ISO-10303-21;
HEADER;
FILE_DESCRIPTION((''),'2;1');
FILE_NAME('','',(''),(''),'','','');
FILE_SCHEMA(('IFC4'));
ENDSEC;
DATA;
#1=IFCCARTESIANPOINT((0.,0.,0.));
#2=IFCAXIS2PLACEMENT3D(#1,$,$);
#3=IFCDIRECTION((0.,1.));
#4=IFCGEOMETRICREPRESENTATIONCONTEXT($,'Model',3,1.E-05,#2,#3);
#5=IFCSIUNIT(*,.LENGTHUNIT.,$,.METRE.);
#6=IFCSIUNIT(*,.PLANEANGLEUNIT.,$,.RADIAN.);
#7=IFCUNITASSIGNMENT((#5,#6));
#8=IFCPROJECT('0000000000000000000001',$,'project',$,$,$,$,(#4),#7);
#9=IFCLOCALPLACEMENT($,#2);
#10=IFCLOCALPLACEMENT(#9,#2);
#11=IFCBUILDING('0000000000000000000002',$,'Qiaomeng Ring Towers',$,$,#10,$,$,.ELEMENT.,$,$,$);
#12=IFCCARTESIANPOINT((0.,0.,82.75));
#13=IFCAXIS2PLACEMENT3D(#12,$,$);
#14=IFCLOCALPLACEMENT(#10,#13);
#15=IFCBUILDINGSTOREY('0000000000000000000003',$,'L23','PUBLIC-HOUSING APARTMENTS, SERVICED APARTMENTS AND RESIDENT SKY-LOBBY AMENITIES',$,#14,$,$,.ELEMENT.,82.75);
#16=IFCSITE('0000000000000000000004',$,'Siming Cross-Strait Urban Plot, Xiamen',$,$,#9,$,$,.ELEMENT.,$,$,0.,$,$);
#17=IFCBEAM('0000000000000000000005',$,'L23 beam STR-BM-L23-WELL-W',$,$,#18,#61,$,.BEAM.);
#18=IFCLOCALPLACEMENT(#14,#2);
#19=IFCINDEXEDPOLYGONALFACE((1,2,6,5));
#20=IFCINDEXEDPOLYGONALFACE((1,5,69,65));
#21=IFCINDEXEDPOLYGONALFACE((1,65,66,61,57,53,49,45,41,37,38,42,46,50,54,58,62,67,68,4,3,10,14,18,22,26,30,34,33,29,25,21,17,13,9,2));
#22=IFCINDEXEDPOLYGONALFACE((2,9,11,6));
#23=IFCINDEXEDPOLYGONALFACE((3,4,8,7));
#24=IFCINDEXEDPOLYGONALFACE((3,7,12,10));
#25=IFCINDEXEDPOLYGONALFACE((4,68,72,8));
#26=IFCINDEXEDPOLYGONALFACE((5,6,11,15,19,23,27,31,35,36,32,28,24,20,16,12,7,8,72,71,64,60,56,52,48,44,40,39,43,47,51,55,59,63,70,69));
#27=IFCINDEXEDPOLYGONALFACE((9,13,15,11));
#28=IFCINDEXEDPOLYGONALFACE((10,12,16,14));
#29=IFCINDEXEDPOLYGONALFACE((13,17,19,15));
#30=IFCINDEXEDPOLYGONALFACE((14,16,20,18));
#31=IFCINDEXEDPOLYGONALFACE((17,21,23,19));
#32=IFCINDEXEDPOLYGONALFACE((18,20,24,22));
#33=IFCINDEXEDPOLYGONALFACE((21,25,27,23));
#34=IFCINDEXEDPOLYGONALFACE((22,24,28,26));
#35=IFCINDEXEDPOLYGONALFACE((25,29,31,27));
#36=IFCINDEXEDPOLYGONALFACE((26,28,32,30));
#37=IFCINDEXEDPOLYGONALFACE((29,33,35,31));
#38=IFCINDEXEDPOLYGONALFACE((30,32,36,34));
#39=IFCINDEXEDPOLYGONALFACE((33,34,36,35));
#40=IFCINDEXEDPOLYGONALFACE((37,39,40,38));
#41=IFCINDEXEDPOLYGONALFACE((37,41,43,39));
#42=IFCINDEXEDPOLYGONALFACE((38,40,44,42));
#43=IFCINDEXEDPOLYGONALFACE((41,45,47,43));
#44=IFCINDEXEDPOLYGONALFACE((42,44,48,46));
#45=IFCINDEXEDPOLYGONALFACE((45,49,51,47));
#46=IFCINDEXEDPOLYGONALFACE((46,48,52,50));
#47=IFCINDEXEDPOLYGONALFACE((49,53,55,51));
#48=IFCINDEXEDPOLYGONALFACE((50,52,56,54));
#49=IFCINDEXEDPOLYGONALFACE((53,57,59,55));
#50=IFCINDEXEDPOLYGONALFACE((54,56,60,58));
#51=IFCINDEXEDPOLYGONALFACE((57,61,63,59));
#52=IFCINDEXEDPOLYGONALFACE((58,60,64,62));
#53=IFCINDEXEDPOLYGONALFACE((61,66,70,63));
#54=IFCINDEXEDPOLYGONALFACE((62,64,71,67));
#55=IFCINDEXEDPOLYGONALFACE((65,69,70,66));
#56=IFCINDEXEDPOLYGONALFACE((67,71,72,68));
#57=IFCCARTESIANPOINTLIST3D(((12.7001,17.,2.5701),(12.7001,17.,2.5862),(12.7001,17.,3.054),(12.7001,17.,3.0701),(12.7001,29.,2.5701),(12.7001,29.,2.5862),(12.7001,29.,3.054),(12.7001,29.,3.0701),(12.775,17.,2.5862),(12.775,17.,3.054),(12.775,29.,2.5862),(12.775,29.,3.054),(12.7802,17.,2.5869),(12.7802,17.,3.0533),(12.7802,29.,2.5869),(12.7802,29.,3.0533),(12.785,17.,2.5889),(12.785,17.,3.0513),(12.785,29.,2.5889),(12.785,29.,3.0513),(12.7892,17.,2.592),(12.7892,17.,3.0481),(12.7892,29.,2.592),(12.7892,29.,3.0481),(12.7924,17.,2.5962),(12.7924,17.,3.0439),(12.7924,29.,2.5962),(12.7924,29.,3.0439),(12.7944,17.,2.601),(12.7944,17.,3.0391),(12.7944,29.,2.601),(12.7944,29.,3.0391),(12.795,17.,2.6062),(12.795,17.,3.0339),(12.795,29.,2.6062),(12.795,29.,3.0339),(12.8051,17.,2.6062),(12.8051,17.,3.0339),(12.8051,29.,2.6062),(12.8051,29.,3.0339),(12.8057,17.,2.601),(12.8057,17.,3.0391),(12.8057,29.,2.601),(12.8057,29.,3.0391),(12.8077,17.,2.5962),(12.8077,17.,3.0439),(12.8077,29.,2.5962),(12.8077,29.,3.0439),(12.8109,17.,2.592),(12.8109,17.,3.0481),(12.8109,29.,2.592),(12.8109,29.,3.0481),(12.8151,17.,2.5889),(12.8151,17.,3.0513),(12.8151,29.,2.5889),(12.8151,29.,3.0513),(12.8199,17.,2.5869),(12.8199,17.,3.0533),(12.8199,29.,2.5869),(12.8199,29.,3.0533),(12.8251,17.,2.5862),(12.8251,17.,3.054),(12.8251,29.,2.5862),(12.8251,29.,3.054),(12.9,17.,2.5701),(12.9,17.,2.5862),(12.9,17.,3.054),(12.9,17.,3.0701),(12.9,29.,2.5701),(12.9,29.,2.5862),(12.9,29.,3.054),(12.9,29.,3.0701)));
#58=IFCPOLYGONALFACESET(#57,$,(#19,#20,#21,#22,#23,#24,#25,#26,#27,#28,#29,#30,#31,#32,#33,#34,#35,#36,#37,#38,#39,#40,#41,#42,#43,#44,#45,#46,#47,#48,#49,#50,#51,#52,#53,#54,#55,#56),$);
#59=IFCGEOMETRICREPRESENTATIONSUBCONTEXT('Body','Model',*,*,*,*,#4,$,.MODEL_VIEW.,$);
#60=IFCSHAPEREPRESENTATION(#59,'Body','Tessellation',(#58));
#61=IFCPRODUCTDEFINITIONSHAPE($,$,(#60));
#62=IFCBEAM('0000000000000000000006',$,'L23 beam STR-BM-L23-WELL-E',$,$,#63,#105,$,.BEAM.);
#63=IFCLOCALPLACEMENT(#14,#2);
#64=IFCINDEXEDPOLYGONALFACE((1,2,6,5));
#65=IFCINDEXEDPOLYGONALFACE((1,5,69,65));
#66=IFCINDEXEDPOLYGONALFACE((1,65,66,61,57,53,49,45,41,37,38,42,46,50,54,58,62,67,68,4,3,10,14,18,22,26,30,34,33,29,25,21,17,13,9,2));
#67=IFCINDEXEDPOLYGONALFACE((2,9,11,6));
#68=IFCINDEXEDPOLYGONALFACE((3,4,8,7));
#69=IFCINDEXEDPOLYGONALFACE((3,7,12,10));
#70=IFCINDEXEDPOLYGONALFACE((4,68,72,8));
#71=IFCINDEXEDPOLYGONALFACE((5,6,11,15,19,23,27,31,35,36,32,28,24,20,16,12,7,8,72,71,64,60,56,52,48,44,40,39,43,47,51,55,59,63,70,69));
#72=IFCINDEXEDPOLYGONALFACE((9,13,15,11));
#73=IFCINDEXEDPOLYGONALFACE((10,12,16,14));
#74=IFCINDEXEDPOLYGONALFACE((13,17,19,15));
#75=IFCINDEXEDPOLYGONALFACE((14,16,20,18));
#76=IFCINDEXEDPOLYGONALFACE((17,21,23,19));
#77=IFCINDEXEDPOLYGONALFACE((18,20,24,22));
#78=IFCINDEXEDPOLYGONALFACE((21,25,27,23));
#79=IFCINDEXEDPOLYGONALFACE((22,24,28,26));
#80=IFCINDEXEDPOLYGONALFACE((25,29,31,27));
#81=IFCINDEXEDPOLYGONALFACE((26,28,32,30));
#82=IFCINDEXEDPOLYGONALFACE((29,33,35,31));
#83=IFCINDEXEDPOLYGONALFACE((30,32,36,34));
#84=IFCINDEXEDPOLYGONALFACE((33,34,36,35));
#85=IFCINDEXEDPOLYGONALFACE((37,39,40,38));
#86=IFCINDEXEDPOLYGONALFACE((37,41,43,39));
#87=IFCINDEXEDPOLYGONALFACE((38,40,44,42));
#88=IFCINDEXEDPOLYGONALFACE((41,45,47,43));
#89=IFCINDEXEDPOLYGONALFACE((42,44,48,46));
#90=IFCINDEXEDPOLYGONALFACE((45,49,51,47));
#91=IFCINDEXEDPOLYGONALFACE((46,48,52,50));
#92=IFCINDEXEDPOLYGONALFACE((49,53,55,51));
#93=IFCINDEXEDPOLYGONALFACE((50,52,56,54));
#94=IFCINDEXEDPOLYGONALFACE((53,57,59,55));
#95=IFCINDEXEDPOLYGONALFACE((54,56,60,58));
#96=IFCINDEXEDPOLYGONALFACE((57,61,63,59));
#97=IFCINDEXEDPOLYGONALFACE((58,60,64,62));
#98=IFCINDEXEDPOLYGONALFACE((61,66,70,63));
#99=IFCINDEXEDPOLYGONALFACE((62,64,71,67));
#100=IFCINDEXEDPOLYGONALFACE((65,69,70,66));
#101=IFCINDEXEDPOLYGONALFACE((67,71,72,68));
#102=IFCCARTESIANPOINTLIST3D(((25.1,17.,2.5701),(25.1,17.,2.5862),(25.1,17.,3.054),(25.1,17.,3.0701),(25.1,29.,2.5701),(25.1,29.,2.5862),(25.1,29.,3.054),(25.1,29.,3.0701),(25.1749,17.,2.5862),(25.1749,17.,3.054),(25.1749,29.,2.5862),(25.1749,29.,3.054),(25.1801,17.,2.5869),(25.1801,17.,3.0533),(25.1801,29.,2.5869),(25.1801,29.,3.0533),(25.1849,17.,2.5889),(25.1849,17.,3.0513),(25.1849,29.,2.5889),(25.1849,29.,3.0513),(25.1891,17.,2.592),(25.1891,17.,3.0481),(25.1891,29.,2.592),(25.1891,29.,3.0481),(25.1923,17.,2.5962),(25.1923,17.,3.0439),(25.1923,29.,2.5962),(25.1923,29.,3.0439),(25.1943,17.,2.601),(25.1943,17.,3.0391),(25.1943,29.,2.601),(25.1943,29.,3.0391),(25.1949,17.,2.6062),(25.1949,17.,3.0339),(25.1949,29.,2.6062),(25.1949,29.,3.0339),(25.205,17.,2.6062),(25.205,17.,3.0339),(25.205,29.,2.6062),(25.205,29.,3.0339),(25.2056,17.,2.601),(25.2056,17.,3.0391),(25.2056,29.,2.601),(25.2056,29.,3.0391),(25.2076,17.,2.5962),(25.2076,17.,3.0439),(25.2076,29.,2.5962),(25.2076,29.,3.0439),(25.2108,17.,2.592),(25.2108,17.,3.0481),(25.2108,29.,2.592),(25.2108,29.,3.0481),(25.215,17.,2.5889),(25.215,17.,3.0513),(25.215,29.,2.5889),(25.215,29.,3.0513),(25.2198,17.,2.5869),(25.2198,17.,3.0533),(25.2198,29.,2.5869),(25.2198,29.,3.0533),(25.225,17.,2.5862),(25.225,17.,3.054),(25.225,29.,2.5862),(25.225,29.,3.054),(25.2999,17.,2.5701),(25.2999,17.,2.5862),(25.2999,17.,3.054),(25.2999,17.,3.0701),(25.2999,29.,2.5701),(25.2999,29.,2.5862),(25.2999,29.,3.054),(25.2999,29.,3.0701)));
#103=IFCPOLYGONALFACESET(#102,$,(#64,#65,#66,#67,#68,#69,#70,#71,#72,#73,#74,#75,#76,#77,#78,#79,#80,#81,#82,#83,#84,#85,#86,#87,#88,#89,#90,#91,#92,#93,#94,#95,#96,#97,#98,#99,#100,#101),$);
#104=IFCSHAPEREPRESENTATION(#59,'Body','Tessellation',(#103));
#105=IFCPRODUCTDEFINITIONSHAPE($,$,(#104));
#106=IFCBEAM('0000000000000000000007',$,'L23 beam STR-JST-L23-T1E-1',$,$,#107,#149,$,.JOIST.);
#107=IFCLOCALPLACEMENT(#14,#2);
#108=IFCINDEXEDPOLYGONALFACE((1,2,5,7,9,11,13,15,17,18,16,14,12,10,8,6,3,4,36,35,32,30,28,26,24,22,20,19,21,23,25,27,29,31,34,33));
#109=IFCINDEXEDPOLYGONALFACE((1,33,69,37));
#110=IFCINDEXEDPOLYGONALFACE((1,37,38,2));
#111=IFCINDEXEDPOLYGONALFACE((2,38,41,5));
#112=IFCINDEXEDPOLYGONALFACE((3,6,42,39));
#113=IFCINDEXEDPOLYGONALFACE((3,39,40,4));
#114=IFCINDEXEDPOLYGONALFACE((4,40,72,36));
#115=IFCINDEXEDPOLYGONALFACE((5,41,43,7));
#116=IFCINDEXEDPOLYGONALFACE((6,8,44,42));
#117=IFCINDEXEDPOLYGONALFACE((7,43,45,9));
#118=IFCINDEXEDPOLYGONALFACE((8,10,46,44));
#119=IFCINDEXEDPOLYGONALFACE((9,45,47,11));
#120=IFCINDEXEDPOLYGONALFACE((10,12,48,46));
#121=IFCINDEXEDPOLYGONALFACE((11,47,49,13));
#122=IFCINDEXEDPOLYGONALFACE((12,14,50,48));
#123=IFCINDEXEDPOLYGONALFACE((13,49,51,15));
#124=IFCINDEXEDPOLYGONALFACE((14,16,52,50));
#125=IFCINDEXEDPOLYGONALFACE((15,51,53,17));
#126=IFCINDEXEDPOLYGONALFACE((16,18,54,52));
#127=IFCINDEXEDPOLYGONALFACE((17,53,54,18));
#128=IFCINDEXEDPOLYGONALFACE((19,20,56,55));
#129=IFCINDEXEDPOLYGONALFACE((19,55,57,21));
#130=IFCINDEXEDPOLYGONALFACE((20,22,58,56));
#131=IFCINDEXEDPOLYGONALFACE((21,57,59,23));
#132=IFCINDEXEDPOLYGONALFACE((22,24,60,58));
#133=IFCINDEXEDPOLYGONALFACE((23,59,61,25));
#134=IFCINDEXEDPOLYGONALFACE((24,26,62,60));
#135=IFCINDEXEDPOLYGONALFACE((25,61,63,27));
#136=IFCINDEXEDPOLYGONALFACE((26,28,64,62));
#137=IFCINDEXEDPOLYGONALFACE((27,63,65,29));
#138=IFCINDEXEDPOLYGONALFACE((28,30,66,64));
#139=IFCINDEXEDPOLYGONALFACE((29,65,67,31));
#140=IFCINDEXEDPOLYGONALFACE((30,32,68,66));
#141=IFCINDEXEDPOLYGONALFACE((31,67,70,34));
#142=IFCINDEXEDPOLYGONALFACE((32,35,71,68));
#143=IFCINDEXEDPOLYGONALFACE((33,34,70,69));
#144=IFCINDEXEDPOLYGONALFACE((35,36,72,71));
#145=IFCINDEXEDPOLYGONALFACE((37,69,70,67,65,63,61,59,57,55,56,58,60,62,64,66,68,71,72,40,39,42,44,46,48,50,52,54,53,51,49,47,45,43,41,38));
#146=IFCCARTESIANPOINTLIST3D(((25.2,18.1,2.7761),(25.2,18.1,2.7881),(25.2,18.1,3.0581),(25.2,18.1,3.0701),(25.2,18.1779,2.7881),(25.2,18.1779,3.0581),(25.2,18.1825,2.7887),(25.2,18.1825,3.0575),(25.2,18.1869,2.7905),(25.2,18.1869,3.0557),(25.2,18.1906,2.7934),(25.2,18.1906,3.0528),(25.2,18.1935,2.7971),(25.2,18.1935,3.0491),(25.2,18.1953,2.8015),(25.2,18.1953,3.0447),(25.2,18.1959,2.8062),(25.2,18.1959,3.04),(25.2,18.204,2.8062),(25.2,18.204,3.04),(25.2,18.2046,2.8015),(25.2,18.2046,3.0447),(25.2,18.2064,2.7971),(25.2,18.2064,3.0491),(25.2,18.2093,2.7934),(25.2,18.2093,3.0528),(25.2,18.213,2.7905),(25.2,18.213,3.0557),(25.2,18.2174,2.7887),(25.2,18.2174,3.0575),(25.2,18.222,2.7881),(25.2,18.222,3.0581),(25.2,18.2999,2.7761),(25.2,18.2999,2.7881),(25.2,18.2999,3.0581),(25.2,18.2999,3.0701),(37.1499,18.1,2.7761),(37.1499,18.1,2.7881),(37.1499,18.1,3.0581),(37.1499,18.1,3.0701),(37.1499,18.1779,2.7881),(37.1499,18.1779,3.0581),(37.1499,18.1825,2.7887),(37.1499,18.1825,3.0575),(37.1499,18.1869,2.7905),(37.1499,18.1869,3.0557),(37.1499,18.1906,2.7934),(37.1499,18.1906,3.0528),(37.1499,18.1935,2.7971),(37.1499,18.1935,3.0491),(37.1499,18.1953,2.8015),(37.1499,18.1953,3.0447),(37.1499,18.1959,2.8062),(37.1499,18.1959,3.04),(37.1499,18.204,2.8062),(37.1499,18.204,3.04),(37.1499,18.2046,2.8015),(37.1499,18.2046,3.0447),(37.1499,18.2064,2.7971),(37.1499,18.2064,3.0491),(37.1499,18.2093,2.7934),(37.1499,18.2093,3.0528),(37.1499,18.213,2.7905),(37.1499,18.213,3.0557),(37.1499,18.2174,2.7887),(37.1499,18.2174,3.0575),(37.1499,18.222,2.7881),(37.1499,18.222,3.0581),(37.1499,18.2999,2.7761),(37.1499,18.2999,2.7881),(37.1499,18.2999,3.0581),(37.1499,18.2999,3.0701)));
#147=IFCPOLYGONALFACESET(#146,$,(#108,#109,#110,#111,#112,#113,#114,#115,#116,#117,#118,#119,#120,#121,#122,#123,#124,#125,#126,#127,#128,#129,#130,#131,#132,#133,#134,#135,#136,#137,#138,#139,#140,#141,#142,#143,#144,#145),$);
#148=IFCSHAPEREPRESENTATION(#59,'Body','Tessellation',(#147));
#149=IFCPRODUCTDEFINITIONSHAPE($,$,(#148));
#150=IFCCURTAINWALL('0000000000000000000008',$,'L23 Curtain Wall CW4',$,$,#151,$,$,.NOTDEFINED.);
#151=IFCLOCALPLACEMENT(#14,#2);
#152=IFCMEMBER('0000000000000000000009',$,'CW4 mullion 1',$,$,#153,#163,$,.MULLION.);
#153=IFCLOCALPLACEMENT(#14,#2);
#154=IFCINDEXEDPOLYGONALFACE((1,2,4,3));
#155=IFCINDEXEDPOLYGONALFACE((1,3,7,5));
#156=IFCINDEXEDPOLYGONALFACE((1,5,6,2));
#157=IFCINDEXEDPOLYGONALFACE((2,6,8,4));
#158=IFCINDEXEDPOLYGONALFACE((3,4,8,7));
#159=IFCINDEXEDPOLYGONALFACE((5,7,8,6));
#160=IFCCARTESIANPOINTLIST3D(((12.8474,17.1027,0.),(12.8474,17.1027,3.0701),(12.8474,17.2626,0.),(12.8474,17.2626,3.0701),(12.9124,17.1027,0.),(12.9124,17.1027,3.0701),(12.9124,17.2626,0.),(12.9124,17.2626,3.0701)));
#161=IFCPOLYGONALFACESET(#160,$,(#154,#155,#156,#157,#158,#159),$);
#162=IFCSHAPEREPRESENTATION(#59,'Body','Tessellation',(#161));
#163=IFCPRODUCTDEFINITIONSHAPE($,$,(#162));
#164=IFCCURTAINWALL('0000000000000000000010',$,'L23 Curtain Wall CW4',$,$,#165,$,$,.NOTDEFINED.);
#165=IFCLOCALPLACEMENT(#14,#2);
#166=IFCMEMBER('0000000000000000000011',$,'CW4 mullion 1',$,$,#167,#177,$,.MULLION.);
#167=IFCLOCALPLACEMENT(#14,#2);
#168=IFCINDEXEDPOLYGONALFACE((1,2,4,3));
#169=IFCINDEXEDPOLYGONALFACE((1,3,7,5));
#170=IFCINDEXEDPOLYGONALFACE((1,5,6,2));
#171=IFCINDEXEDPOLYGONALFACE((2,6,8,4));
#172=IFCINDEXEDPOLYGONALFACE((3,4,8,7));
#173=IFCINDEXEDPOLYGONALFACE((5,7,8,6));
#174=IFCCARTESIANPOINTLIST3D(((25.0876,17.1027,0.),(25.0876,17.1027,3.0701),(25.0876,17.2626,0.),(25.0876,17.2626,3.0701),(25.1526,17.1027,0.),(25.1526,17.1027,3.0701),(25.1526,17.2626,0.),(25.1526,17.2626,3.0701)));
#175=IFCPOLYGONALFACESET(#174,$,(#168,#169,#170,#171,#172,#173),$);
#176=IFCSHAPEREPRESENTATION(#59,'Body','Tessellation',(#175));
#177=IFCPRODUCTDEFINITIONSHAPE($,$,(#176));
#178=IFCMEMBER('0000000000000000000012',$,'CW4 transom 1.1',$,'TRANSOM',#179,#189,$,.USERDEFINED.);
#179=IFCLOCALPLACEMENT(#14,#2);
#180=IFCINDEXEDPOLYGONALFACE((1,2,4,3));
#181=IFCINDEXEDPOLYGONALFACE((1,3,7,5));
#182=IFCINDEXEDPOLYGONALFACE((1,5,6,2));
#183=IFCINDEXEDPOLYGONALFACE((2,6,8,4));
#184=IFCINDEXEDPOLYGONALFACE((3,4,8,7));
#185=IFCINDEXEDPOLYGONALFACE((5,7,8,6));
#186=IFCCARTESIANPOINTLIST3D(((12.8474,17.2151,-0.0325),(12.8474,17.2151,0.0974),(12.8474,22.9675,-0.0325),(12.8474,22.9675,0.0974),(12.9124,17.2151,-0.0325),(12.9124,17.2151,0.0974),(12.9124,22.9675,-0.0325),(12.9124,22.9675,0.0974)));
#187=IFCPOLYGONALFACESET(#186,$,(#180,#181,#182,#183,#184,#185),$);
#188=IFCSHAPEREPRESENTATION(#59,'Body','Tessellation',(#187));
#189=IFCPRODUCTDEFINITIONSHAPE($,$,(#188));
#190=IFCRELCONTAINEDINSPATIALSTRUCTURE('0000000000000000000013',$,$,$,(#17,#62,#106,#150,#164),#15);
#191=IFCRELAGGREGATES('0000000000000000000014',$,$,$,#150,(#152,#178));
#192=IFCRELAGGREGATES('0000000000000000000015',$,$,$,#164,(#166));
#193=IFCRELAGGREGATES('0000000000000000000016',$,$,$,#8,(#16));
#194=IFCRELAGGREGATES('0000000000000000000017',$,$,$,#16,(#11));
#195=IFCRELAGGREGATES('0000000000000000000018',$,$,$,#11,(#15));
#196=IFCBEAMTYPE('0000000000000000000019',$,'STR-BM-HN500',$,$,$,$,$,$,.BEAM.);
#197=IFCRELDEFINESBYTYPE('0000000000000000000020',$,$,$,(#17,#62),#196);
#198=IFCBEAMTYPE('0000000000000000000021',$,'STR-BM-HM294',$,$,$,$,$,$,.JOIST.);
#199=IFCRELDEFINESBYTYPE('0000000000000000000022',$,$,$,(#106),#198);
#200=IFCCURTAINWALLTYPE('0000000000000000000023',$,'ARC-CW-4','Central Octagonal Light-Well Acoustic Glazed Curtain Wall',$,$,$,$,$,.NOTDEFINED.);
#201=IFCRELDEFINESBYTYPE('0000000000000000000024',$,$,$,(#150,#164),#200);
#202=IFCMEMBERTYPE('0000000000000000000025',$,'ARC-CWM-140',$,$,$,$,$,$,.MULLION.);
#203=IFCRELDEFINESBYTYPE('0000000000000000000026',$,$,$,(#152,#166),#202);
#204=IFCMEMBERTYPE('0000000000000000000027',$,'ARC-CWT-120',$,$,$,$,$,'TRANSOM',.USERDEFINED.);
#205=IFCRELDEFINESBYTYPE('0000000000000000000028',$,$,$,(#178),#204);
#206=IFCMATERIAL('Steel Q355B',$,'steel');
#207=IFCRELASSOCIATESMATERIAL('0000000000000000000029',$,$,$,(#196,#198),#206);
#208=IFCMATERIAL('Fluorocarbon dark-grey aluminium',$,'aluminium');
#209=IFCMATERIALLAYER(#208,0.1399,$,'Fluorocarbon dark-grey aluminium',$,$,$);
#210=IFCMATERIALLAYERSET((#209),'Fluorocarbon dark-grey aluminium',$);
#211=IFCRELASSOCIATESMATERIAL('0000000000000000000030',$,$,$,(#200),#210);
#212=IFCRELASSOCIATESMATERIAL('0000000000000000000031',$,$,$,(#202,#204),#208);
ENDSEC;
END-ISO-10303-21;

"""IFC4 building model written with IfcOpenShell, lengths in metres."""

from ifc_helpers import new_model, si_unit, direction, frame, origin, origin_2d, place, context, subcontext, project, spatial, rectangle, i_section, extrude, source, transform, mapped, material, layer, layer_set, material_profile, profile_set, type_object, element, aggregate, save


model = new_model("IFC4")

# Units and contexts
model_context = context("Model", 3, precision=1e-05, world=origin(), true_north=direction((0.0, 1.0)))
body_context = subcontext(model_context, "Body", "Model", "MODEL_VIEW")
ifc_project = project(units=[si_unit("LENGTHUNIT", "METRE"), si_unit("PLANEANGLEUNIT", "RADIAN")], contexts=[model_context])

# Site, building, storey
site_placement = place(None, origin())
site = spatial("IfcSite", under=ifc_project, at=site_placement, Name="Siming Cross-Strait Urban Plot, Xiamen", CompositionType="ELEMENT", RefElevation=0.0)
building_placement = place(site_placement, origin())
building = spatial("IfcBuilding", under=site, at=building_placement, Name="Qiaomeng Ring Towers", CompositionType="ELEMENT")
storey_placement = place(building_placement, frame((0.0, 0.0, 82.75)))
storey = spatial("IfcBuildingStorey", under=building, at=storey_placement, Name="L23", Description="PUBLIC-HOUSING APARTMENTS, SERVICED APARTMENTS AND RESIDENT SKY-LOBBY AMENITIES", CompositionType="ELEMENT", Elevation=82.75)

# Beams
ifc_material_1 = material(Name="Steel Q355B", Category="steel")
ifc_material_profile_1 = material_profile(ifc_material_1, i_section(OverallWidth=0.2, OverallDepth=0.5, WebThickness=0.01, FlangeThickness=0.0161, FilletRadius=0.02, at=origin_2d()), Name="HN 500x200x10x16")
ifc_profile_set_1 = profile_set([ifc_material_profile_1], Name="Steel Q355B")
beam_type_1 = type_object("IfcBeamType", Name="STR-BM-HN500", PredefinedType="BEAM", material=ifc_profile_set_1)
shared_shape_1 = source(origin(), body_context, "Body", "SweptSolid", [
    extrude(i_section(OverallWidth=0.2, OverallDepth=0.5, WebThickness=0.01, FlangeThickness=0.0161, FilletRadius=0.02, at=origin_2d()), origin(), (0.0, 0.0, 1.0), 12.0),
])
for number, where, z_axis, x_axis, name in (
    (1, (12.8, 17.0, 2.8201), (0.0, 1.0, 0.0), (-1.0, 0.0, 0.0), "L23 beam STR-BM-L23-WELL-W"),
    (2, (25.2, 17.0, 2.8201), (0.0, 1.0, 0.0), (-1.0, 0.0, 0.0), "L23 beam STR-BM-L23-WELL-E"),
):
    element("IfcBeam", number, at=place(storey_placement, frame(where, z_axis=z_axis, x_axis=x_axis)), inside=storey, type_object=beam_type_1, Name=name, PredefinedType="BEAM", context=body_context, shape_type="MappedRepresentation", body=[
        mapped(shared_shape_1, transform((0.0, 0.0, 0.0), x_axis=(1.0, 0.0, 0.0), y_axis=(0.0, 1.0, 0.0), z_axis=(0.0, 0.0, 1.0), scale=1.0)),
    ])
ifc_material_profile_2 = material_profile(ifc_material_1, i_section(OverallWidth=0.2, OverallDepth=0.2939, WebThickness=0.0081, FlangeThickness=0.012, FilletRadius=0.0181, at=origin_2d()), Name="HM 294x200x8x12")
ifc_profile_set_2 = profile_set([ifc_material_profile_2], Name="Steel Q355B")
beam_type_2 = type_object("IfcBeamType", Name="STR-BM-HM294", PredefinedType="JOIST", material=ifc_profile_set_2)
shared_shape_2 = source(origin(), body_context, "Body", "SweptSolid", [
    extrude(i_section(OverallWidth=0.2, OverallDepth=0.2939, WebThickness=0.0081, FlangeThickness=0.012, FilletRadius=0.0181, at=origin_2d()), origin(), (0.0, 0.0, 1.0), 11.95),
])
beam_placement = place(storey_placement, frame((25.2, 18.2, 2.9231), z_axis=(1.0, 0.0, 0.0), x_axis=(0.0, 1.0, 0.0)))
element("IfcBeam", 3, at=beam_placement, inside=storey, type_object=beam_type_2, Name="L23 beam STR-JST-L23-T1E-1", PredefinedType="JOIST", context=body_context, shape_type="MappedRepresentation", body=[
    mapped(shared_shape_2, transform((0.0, 0.0, 0.0), x_axis=(1.0, 0.0, 0.0), y_axis=(0.0, 1.0, 0.0), z_axis=(0.0, 0.0, 1.0), scale=1.0)),
])

# Curtain walls, members
ifc_material_2 = material(Name="Fluorocarbon dark-grey aluminium", Category="aluminium")
ifc_layer_1 = layer(ifc_material_2, 0.1399, Name="Fluorocarbon dark-grey aluminium")
ifc_layer_set_1 = layer_set([ifc_layer_1], Name="Fluorocarbon dark-grey aluminium")
curtain_wall_type = type_object("IfcCurtainWallType", Name="ARC-CW-4", Description="Central Octagonal Light-Well Acoustic Glazed Curtain Wall", PredefinedType="NOTDEFINED", material=ifc_layer_set_1)
curtain_wall_1_placement = place(storey_placement, origin())
curtain_wall_1 = element("IfcCurtainWall", 4, at=curtain_wall_1_placement, inside=storey, type_object=curtain_wall_type, Name="L23 Curtain Wall CW4", PredefinedType="NOTDEFINED")
ifc_material_profile_3 = material_profile(ifc_material_2, rectangle(XDim=0.0649, YDim=0.1599, at=origin_2d()), Name="ALU MULL 65x160")
ifc_profile_set_3 = profile_set([ifc_material_profile_3], Name="Fluorocarbon dark-grey aluminium")
member_type_1 = type_object("IfcMemberType", Name="ARC-CWM-140", PredefinedType="MULLION", material=ifc_profile_set_3)
shared_shape_3 = source(origin(), body_context, "Body", "SweptSolid", [
    extrude(rectangle(XDim=0.0649, YDim=0.1599, at=origin_2d()), origin(), (0.0, 0.0, 1.0), 3.0701),
])
member_1_placement = place(storey_placement, frame((12.8799, 17.1826, 0.0), z_axis=(0.0, 0.0, 1.0), x_axis=(-1.0, 0.0, 0.0)))
member_1 = element("IfcMember", 5, at=member_1_placement, type_object=member_type_1, Name="CW4 mullion 1", PredefinedType="MULLION", context=body_context, shape_type="MappedRepresentation", body=[
    mapped(shared_shape_3, transform((0.0, 0.0, 0.0), x_axis=(1.0, 0.0, 0.0), y_axis=(0.0, 1.0, 0.0), z_axis=(0.0, 0.0, 1.0), scale=1.0)),
])
curtain_wall_2_placement = place(storey_placement, origin())
curtain_wall_2 = element("IfcCurtainWall", 6, at=curtain_wall_2_placement, inside=storey, type_object=curtain_wall_type, Name="L23 Curtain Wall CW4", PredefinedType="NOTDEFINED")
member_2_placement = place(storey_placement, frame((25.1201, 17.1826, 0.0), z_axis=(0.0, 0.0, 1.0), x_axis=(-1.0, 0.0, 0.0)))
member_2 = element("IfcMember", 7, at=member_2_placement, type_object=member_type_1, Name="CW4 mullion 1", PredefinedType="MULLION", context=body_context, shape_type="MappedRepresentation", body=[
    mapped(shared_shape_3, transform((0.0, 0.0, 0.0), x_axis=(1.0, 0.0, 0.0), y_axis=(0.0, 1.0, 0.0), z_axis=(0.0, 0.0, 1.0), scale=1.0)),
])

# Member
ifc_material_profile_4 = material_profile(ifc_material_2, rectangle(XDim=0.0649, YDim=0.1299, at=origin_2d()), Name="ALU TRAN 65x130")
ifc_profile_set_4 = profile_set([ifc_material_profile_4], Name="Fluorocarbon dark-grey aluminium")
member_type_2 = type_object("IfcMemberType", Name="ARC-CWT-120", ElementType="TRANSOM", PredefinedType="USERDEFINED", material=ifc_profile_set_4)
shared_shape_4 = source(origin(), body_context, "Body", "SweptSolid", [
    extrude(rectangle(XDim=0.0649, YDim=0.1299, at=origin_2d()), origin(), (0.0, 0.0, 1.0), 5.7524),
])
member_3_placement = place(storey_placement, frame((12.8799, 17.2151, 0.0325), z_axis=(0.0, 1.0, 0.0), x_axis=(-1.0, 0.0, 0.0)))
member_3 = element("IfcMember", 8, at=member_3_placement, type_object=member_type_2, Name="CW4 transom 1.1", ObjectType="TRANSOM", PredefinedType="USERDEFINED", context=body_context, shape_type="MappedRepresentation", body=[
    mapped(shared_shape_4, transform((0.0, 0.0, 0.0), x_axis=(1.0, 0.0, 0.0), y_axis=(0.0, 1.0, 0.0), z_axis=(0.0, 0.0, 1.0), scale=1.0)),
])
aggregate(curtain_wall_1, [member_1, member_3])
aggregate(curtain_wall_2, [member_2])

save(model, "model.ifc")
